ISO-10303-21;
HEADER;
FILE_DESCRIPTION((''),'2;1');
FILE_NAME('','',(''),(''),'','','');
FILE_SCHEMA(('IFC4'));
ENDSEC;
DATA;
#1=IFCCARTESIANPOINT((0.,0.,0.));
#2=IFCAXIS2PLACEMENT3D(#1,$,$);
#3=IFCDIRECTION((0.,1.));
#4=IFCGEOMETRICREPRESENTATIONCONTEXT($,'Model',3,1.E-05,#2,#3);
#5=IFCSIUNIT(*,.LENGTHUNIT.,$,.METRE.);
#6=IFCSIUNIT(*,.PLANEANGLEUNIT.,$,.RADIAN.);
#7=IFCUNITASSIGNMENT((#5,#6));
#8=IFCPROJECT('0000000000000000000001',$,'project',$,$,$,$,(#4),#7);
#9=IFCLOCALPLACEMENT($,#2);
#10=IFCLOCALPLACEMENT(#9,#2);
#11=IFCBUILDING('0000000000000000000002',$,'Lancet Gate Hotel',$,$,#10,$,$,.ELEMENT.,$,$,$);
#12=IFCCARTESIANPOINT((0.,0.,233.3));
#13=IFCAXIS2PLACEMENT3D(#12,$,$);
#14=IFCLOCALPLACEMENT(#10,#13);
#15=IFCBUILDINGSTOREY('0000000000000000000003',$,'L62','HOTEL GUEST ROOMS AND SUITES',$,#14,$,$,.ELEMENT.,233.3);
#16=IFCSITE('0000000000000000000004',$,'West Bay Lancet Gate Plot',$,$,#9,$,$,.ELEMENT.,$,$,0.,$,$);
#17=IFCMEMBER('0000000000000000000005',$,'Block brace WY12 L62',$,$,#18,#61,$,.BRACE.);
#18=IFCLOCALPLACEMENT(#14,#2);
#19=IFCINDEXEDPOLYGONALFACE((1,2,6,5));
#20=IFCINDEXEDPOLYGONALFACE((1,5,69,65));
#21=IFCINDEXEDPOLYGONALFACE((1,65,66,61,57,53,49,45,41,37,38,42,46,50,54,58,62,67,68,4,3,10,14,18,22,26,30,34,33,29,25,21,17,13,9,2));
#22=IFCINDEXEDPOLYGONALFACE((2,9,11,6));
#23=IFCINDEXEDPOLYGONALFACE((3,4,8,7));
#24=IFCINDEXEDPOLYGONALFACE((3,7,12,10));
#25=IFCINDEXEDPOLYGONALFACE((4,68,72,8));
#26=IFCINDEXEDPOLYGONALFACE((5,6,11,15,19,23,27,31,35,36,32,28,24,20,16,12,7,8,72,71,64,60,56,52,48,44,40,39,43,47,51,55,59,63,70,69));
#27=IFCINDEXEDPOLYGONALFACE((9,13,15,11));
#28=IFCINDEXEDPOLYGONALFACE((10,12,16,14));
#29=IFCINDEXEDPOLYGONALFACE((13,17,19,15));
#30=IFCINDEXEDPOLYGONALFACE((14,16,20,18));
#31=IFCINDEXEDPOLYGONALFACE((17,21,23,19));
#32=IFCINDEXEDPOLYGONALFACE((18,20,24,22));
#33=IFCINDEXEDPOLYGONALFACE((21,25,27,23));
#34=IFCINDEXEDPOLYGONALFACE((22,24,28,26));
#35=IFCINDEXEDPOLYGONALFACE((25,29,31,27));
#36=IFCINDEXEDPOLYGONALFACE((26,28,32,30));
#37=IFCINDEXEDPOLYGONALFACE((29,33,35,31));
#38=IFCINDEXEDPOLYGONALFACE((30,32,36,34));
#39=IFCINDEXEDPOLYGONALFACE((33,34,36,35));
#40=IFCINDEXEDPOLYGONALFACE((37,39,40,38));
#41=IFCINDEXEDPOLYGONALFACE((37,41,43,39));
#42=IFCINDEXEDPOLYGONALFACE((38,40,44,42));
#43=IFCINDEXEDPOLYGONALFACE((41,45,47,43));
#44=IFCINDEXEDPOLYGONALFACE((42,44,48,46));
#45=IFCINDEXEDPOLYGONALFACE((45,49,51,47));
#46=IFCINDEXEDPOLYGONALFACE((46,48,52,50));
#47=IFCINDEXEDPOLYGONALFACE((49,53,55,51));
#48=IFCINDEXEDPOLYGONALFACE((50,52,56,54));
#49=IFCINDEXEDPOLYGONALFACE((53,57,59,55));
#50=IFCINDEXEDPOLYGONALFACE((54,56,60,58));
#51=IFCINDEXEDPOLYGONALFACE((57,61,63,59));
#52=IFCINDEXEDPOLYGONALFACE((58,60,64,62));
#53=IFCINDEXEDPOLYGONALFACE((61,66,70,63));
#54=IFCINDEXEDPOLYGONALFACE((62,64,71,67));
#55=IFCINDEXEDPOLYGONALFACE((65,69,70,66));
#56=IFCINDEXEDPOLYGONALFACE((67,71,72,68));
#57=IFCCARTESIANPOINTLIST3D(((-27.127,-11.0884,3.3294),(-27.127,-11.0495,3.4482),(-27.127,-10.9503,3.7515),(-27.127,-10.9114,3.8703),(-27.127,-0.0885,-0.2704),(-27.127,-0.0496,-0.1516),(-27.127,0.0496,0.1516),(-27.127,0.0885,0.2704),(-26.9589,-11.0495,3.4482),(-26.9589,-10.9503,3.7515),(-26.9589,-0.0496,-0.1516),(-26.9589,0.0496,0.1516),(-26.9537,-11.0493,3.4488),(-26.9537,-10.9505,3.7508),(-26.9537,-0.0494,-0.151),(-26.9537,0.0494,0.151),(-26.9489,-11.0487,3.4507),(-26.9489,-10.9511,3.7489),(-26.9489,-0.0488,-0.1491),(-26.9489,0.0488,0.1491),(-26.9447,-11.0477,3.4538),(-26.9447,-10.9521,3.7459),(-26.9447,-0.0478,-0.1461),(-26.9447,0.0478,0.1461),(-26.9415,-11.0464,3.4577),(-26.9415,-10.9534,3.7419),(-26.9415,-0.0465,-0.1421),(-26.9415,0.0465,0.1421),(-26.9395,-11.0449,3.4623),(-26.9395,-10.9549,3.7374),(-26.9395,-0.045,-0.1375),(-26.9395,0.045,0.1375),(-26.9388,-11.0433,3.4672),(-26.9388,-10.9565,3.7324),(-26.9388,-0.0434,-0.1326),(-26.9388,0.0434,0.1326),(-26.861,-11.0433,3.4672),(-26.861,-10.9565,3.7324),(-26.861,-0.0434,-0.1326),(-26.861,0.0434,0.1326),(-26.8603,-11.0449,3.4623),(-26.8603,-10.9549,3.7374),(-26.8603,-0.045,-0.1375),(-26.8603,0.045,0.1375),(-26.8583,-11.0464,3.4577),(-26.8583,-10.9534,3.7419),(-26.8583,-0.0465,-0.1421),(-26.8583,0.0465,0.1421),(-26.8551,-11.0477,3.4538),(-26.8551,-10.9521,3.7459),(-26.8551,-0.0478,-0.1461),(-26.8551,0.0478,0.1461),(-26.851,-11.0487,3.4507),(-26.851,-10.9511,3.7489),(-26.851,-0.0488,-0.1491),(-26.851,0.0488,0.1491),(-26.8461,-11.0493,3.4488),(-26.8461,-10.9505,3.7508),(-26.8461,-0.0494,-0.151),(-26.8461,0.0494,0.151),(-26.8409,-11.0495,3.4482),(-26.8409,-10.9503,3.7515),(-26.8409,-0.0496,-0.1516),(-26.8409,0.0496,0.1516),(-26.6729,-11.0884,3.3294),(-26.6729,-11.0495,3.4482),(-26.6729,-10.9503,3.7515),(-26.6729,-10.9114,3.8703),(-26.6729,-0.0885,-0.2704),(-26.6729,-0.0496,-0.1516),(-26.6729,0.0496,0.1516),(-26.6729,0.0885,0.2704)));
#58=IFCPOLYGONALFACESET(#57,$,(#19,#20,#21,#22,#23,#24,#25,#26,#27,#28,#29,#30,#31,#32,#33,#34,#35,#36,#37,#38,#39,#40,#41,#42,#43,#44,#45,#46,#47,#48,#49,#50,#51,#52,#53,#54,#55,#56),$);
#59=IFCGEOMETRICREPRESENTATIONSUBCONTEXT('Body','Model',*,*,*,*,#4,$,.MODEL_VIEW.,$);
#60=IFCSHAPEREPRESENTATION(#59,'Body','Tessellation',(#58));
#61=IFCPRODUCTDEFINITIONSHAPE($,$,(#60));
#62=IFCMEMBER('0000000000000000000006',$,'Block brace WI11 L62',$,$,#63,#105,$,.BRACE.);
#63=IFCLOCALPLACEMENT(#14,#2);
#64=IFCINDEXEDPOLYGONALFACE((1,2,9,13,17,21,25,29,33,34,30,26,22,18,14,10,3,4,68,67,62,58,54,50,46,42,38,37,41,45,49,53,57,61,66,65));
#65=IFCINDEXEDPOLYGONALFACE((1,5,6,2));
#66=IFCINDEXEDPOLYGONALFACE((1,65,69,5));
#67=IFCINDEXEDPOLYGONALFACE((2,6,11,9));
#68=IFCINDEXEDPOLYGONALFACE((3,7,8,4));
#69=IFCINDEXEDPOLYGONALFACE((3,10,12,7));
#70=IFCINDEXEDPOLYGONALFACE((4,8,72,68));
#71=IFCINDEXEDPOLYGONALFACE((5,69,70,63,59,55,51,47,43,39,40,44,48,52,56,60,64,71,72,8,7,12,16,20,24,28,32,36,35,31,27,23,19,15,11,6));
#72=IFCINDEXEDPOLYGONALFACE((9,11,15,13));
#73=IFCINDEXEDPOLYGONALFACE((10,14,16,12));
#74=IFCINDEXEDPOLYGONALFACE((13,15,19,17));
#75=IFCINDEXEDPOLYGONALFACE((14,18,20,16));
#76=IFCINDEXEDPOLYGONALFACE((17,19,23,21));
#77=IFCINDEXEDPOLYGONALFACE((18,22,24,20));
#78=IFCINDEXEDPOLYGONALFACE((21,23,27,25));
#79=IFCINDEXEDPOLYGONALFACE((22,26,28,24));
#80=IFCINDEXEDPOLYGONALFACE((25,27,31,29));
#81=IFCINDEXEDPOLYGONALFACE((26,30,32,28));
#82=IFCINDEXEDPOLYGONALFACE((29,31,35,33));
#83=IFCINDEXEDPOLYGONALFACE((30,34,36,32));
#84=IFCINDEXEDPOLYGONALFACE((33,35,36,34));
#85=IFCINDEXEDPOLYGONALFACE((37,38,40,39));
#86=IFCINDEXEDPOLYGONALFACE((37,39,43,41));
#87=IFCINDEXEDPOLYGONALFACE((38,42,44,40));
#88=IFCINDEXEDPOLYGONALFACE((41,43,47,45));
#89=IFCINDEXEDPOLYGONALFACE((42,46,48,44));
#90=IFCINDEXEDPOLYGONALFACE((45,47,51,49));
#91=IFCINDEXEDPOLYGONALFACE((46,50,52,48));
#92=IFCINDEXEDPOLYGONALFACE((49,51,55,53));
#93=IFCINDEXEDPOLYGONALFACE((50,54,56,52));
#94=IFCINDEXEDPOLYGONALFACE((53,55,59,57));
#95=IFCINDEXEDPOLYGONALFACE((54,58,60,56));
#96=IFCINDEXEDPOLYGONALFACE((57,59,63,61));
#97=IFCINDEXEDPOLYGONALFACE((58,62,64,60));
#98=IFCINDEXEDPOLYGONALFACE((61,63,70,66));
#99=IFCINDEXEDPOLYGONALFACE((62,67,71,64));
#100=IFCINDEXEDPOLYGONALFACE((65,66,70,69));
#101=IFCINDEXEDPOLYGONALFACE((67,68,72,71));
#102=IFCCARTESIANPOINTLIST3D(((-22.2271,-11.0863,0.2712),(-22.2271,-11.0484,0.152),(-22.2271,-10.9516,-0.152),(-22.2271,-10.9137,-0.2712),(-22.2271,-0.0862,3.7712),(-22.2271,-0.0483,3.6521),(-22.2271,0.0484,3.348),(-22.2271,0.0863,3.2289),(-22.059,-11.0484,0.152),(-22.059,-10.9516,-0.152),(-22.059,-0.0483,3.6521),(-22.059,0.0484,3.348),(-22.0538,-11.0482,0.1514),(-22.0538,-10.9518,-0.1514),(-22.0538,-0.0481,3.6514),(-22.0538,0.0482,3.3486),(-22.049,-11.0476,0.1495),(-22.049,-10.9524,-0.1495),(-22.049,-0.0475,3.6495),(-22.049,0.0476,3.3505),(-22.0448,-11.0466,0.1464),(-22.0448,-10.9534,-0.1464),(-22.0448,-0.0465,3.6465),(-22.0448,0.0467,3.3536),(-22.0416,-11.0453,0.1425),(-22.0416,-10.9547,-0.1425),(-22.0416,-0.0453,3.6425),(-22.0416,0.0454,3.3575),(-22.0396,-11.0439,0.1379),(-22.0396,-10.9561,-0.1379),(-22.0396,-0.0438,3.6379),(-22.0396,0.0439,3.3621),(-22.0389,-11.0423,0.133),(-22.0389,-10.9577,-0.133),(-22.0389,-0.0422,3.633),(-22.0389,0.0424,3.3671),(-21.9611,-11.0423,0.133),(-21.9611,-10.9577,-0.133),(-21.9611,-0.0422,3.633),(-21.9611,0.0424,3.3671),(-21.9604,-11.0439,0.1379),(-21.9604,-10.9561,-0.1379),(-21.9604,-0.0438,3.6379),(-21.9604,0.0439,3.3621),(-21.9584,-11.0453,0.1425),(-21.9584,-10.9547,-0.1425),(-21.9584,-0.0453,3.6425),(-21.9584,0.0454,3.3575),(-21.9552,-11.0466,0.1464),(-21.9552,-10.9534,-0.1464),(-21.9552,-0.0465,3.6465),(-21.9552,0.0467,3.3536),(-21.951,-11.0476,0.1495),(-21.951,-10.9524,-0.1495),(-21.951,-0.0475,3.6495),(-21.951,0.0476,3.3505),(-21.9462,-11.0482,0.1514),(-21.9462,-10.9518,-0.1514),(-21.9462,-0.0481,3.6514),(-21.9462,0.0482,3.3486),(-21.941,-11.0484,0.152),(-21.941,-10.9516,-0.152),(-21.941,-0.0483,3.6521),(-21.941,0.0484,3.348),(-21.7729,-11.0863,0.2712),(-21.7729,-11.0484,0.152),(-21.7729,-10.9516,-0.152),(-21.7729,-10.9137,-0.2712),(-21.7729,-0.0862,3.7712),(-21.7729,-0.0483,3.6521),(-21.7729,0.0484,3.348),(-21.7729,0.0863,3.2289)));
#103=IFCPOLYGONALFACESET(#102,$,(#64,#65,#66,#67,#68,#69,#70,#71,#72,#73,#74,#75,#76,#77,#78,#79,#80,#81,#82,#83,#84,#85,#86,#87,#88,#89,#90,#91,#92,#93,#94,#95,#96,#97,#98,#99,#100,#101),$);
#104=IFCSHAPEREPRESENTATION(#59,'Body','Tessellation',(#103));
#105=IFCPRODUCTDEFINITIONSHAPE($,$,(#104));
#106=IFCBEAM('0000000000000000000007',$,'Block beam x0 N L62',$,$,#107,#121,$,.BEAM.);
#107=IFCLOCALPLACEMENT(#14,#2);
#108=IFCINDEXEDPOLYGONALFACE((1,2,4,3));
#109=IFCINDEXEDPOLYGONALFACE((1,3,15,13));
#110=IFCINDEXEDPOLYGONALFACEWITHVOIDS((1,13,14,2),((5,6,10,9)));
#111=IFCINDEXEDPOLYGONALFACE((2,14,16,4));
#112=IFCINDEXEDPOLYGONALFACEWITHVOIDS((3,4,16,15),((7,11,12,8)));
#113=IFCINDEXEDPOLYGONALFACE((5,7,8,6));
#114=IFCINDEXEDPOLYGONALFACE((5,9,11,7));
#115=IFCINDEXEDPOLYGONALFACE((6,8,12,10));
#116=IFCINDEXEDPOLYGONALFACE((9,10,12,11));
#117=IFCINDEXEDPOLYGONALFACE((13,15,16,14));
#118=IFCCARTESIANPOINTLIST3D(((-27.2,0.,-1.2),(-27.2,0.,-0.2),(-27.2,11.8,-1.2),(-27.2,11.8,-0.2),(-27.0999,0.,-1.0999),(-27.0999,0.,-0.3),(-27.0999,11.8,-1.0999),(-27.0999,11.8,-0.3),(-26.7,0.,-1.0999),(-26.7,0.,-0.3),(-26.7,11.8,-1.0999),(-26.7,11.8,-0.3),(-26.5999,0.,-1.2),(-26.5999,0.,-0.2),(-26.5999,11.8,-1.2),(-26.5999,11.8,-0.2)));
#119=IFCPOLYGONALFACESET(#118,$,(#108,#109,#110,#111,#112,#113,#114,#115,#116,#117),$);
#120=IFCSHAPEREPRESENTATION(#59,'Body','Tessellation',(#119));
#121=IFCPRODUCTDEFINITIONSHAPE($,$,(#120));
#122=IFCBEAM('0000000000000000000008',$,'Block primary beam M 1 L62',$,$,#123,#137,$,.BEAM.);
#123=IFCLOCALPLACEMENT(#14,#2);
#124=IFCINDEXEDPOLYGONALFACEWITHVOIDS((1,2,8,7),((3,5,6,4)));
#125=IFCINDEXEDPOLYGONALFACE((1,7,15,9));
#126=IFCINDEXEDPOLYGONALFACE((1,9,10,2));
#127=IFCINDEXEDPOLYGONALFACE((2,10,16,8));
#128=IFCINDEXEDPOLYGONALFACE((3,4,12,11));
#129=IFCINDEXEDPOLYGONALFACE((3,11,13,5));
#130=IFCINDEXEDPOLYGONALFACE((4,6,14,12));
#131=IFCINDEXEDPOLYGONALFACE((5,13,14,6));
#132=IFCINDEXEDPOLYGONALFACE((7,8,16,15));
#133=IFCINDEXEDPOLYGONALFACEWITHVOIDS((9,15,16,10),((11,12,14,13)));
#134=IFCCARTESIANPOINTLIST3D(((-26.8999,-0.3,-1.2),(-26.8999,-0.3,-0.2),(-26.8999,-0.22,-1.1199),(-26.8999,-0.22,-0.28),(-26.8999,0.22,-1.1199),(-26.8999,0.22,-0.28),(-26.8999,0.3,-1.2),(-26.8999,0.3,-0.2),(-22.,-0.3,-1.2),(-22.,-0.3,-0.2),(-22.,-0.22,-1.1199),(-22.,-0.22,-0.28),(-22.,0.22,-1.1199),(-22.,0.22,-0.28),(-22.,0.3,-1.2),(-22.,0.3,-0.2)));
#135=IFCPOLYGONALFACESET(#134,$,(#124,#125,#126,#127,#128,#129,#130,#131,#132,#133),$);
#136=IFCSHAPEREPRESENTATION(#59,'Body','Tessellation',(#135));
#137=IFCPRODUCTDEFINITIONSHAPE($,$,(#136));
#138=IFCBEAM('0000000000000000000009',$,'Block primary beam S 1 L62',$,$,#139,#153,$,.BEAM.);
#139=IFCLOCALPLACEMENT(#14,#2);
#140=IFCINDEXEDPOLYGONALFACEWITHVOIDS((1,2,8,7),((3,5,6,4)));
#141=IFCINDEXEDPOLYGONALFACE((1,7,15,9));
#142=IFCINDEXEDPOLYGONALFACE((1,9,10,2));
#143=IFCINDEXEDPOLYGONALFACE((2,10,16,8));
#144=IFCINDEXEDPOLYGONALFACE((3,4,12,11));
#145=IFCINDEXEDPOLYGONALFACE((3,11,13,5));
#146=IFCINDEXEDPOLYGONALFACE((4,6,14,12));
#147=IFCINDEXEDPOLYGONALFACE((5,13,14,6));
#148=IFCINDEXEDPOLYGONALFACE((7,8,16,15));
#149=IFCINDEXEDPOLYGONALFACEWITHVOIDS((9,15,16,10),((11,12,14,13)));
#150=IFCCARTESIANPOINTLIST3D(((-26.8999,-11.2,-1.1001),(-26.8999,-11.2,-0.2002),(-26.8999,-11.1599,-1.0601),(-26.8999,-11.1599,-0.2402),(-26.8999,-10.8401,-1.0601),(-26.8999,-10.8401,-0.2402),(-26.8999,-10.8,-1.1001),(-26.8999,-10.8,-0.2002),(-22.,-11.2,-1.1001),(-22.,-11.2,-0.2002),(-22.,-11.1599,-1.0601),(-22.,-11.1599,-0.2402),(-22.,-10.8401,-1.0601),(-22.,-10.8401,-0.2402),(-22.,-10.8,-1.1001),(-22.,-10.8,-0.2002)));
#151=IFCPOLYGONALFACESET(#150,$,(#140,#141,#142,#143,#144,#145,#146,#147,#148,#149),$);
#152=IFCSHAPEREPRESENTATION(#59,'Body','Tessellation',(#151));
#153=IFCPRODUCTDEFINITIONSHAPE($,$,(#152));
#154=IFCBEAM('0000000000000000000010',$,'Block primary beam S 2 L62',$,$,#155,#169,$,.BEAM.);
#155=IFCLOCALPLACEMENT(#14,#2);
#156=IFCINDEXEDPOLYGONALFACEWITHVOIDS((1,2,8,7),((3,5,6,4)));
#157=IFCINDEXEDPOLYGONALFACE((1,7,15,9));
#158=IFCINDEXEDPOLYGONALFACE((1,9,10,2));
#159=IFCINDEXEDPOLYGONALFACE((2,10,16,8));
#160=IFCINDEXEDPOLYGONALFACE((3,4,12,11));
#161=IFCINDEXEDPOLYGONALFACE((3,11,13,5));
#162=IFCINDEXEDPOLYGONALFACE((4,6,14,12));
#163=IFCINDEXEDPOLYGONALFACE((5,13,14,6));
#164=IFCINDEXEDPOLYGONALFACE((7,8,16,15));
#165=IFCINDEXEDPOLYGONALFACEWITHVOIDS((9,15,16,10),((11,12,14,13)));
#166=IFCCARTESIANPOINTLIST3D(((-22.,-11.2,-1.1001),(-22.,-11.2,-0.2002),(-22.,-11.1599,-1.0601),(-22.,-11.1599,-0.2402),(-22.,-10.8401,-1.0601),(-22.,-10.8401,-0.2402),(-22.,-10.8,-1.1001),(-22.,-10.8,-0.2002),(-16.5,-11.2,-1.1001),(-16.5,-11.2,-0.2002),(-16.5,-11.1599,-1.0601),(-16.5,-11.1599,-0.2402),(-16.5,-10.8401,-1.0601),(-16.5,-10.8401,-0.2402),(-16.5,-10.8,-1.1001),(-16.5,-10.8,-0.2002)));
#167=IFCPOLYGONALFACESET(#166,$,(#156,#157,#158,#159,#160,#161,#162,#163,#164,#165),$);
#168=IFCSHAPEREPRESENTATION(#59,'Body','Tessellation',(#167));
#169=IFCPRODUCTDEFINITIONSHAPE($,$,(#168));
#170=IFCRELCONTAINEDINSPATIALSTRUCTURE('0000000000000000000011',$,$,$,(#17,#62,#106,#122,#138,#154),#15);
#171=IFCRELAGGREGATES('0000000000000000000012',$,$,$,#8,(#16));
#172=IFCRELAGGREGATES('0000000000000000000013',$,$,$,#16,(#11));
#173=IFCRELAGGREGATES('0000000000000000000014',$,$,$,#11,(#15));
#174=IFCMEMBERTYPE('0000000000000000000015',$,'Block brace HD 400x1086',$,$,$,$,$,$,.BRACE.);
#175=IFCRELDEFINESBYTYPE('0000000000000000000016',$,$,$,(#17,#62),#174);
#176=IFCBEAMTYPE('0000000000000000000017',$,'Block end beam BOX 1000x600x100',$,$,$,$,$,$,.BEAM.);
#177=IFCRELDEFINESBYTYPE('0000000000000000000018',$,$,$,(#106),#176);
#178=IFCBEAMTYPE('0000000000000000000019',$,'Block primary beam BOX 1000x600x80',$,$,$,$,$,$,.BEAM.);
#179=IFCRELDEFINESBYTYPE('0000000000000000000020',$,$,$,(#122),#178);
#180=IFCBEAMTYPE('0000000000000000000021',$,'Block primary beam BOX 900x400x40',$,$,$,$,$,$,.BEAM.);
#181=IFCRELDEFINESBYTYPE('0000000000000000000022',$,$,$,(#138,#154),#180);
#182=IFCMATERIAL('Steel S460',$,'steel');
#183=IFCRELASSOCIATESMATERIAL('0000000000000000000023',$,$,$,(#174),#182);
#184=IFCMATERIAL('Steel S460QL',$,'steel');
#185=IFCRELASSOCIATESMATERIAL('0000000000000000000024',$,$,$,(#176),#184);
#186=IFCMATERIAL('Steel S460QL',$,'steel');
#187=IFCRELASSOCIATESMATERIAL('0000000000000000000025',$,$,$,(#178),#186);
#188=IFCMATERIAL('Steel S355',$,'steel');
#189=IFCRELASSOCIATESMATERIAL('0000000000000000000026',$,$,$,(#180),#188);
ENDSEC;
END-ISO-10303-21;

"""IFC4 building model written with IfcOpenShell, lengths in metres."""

from ifc_helpers import new_model, si_unit, direction, frame, origin, origin_2d, place, context, subcontext, project, spatial, hollow_rectangle, i_section, extrude, material, material_profile, profile_set, type_object, element, save


model = new_model("IFC4")

# Units and contexts
model_context = context("Model", 3, precision=1e-05, world=origin(), true_north=direction((0.0, 1.0)))
body_context = subcontext(model_context, "Body", "Model", "MODEL_VIEW")
ifc_project = project(units=[si_unit("LENGTHUNIT", "METRE"), si_unit("PLANEANGLEUNIT", "RADIAN")], contexts=[model_context])

# Site, building, storey
site_placement = place(None, origin())
site = spatial("IfcSite", under=ifc_project, at=site_placement, Name="West Bay Lancet Gate Plot", CompositionType="ELEMENT", RefElevation=0.0)
building_placement = place(site_placement, origin())
building = spatial("IfcBuilding", under=site, at=building_placement, Name="Lancet Gate Hotel", CompositionType="ELEMENT")
storey_placement = place(building_placement, frame((0.0, 0.0, 233.3)))
storey = spatial("IfcBuildingStorey", under=building, at=storey_placement, Name="L62", Description="HOTEL GUEST ROOMS AND SUITES", CompositionType="ELEMENT", Elevation=233.3)

# Members
ifc_material_1 = material(Name="Steel S460", Category="steel")
ifc_material_profile_1 = material_profile(ifc_material_1, i_section(OverallWidth=0.4541, OverallDepth=0.5691, WebThickness=0.0779, FlangeThickness=0.125, FilletRadius=0.02, at=origin_2d()), Name="HD 400x1086")
ifc_profile_set_1 = profile_set([ifc_material_profile_1], Name="Steel S460")
member_type = type_object("IfcMemberType", Name="Block brace HD 400x1086", PredefinedType="BRACE", material=ifc_profile_set_1)
member_1_placement = place(storey_placement, frame((-26.8999, 0.0, 0.0), z_axis=(0.0, -0.950401, 0.311028), x_axis=(1.0, 0.0, 0.0)))
element("IfcMember", 1, at=member_1_placement, inside=storey, type_object=member_type, Name="Block brace WY12 L62", PredefinedType="BRACE", context=body_context, shape_type="SweptSolid", body=[
    extrude(i_section(OverallWidth=0.4541, OverallDepth=0.5691, WebThickness=0.0779, FlangeThickness=0.125, FilletRadius=0.02, at=origin_2d()), origin(), (0.0, 0.0, 1.0), 11.574),
])
member_2_placement = place(storey_placement, frame((-22.0, -11.0, 0.0), z_axis=(0.0, 0.952926, 0.303204), x_axis=(-1.0, 0.0, 0.0)))
element("IfcMember", 2, at=member_2_placement, inside=storey, type_object=member_type, Name="Block brace WI11 L62", PredefinedType="BRACE", context=body_context, shape_type="SweptSolid", body=[
    extrude(i_section(OverallWidth=0.4541, OverallDepth=0.5691, WebThickness=0.0779, FlangeThickness=0.125, FilletRadius=0.02, at=origin_2d()), origin(), (0.0, 0.0, 1.0), 11.5435),
])

# Beams
ifc_material_2 = material(Name="Steel S460QL", Category="steel")
ifc_material_profile_2 = material_profile(ifc_material_2, hollow_rectangle(XDim=0.6001, YDim=1.0, WallThickness=0.1001, at=origin_2d()), Name="BOX 1000x600x100")
ifc_profile_set_2 = profile_set([ifc_material_profile_2], Name="Steel S460QL")
beam_type_1 = type_object("IfcBeamType", Name="Block end beam BOX 1000x600x100", PredefinedType="BEAM", material=ifc_profile_set_2)
beam_1_placement = place(storey_placement, frame((-26.8999, 0.0, -0.7), z_axis=(0.0, 1.0, 0.0), x_axis=(-1.0, 0.0, 0.0)))
element("IfcBeam", 3, at=beam_1_placement, inside=storey, type_object=beam_type_1, Name="Block beam x0 N L62", PredefinedType="BEAM", context=body_context, shape_type="SweptSolid", body=[
    extrude(hollow_rectangle(XDim=0.6001, YDim=1.0, WallThickness=0.1001, at=origin_2d()), origin(), (0.0, 0.0, 1.0), 11.8),
])
ifc_material_3 = material(Name="Steel S460QL", Category="steel")
ifc_material_profile_3 = material_profile(ifc_material_3, hollow_rectangle(XDim=0.6001, YDim=1.0, WallThickness=0.0801, at=origin_2d()), Name="BOX 1000x600x80")
ifc_profile_set_3 = profile_set([ifc_material_profile_3], Name="Steel S460QL")
beam_type_2 = type_object("IfcBeamType", Name="Block primary beam BOX 1000x600x80", PredefinedType="BEAM", material=ifc_profile_set_3)
beam_2_placement = place(storey_placement, frame((-26.8999, 0.0, -0.7), z_axis=(1.0, 0.0, 0.0), x_axis=(0.0, 1.0, 0.0)))
element("IfcBeam", 4, at=beam_2_placement, inside=storey, type_object=beam_type_2, Name="Block primary beam M 1 L62", PredefinedType="BEAM", context=body_context, shape_type="SweptSolid", body=[
    extrude(hollow_rectangle(XDim=0.6001, YDim=1.0, WallThickness=0.0801, at=origin_2d()), origin(), (0.0, 0.0, 1.0), 4.8999),
])
ifc_material_4 = material(Name="Steel S355", Category="steel")
ifc_material_profile_4 = material_profile(ifc_material_4, hollow_rectangle(XDim=0.3999, YDim=0.8999, WallThickness=0.04, at=origin_2d()), Name="BOX 900x400x40")
ifc_profile_set_4 = profile_set([ifc_material_profile_4], Name="Steel S355")
beam_type_3 = type_object("IfcBeamType", Name="Block primary beam BOX 900x400x40", PredefinedType="BEAM", material=ifc_profile_set_4)
beam_3_placement = place(storey_placement, frame((-26.8999, -11.0, -0.6501), z_axis=(1.0, 0.0, 0.0), x_axis=(0.0, 1.0, 0.0)))
element("IfcBeam", 5, at=beam_3_placement, inside=storey, type_object=beam_type_3, Name="Block primary beam S 1 L62", PredefinedType="BEAM", context=body_context, shape_type="SweptSolid", body=[
    extrude(hollow_rectangle(XDim=0.3999, YDim=0.8999, WallThickness=0.04, at=origin_2d()), origin(), (0.0, 0.0, 1.0), 4.8999),
])
beam_4_placement = place(storey_placement, frame((-22.0, -11.0, -0.6501), z_axis=(1.0, 0.0, 0.0), x_axis=(0.0, 1.0, 0.0)))
element("IfcBeam", 6, at=beam_4_placement, inside=storey, type_object=beam_type_3, Name="Block primary beam S 2 L62", PredefinedType="BEAM", context=body_context, shape_type="SweptSolid", body=[
    extrude(hollow_rectangle(XDim=0.3999, YDim=0.8999, WallThickness=0.04, at=origin_2d()), origin(), (0.0, 0.0, 1.0), 5.5),
])

save(model, "model.ifc")
